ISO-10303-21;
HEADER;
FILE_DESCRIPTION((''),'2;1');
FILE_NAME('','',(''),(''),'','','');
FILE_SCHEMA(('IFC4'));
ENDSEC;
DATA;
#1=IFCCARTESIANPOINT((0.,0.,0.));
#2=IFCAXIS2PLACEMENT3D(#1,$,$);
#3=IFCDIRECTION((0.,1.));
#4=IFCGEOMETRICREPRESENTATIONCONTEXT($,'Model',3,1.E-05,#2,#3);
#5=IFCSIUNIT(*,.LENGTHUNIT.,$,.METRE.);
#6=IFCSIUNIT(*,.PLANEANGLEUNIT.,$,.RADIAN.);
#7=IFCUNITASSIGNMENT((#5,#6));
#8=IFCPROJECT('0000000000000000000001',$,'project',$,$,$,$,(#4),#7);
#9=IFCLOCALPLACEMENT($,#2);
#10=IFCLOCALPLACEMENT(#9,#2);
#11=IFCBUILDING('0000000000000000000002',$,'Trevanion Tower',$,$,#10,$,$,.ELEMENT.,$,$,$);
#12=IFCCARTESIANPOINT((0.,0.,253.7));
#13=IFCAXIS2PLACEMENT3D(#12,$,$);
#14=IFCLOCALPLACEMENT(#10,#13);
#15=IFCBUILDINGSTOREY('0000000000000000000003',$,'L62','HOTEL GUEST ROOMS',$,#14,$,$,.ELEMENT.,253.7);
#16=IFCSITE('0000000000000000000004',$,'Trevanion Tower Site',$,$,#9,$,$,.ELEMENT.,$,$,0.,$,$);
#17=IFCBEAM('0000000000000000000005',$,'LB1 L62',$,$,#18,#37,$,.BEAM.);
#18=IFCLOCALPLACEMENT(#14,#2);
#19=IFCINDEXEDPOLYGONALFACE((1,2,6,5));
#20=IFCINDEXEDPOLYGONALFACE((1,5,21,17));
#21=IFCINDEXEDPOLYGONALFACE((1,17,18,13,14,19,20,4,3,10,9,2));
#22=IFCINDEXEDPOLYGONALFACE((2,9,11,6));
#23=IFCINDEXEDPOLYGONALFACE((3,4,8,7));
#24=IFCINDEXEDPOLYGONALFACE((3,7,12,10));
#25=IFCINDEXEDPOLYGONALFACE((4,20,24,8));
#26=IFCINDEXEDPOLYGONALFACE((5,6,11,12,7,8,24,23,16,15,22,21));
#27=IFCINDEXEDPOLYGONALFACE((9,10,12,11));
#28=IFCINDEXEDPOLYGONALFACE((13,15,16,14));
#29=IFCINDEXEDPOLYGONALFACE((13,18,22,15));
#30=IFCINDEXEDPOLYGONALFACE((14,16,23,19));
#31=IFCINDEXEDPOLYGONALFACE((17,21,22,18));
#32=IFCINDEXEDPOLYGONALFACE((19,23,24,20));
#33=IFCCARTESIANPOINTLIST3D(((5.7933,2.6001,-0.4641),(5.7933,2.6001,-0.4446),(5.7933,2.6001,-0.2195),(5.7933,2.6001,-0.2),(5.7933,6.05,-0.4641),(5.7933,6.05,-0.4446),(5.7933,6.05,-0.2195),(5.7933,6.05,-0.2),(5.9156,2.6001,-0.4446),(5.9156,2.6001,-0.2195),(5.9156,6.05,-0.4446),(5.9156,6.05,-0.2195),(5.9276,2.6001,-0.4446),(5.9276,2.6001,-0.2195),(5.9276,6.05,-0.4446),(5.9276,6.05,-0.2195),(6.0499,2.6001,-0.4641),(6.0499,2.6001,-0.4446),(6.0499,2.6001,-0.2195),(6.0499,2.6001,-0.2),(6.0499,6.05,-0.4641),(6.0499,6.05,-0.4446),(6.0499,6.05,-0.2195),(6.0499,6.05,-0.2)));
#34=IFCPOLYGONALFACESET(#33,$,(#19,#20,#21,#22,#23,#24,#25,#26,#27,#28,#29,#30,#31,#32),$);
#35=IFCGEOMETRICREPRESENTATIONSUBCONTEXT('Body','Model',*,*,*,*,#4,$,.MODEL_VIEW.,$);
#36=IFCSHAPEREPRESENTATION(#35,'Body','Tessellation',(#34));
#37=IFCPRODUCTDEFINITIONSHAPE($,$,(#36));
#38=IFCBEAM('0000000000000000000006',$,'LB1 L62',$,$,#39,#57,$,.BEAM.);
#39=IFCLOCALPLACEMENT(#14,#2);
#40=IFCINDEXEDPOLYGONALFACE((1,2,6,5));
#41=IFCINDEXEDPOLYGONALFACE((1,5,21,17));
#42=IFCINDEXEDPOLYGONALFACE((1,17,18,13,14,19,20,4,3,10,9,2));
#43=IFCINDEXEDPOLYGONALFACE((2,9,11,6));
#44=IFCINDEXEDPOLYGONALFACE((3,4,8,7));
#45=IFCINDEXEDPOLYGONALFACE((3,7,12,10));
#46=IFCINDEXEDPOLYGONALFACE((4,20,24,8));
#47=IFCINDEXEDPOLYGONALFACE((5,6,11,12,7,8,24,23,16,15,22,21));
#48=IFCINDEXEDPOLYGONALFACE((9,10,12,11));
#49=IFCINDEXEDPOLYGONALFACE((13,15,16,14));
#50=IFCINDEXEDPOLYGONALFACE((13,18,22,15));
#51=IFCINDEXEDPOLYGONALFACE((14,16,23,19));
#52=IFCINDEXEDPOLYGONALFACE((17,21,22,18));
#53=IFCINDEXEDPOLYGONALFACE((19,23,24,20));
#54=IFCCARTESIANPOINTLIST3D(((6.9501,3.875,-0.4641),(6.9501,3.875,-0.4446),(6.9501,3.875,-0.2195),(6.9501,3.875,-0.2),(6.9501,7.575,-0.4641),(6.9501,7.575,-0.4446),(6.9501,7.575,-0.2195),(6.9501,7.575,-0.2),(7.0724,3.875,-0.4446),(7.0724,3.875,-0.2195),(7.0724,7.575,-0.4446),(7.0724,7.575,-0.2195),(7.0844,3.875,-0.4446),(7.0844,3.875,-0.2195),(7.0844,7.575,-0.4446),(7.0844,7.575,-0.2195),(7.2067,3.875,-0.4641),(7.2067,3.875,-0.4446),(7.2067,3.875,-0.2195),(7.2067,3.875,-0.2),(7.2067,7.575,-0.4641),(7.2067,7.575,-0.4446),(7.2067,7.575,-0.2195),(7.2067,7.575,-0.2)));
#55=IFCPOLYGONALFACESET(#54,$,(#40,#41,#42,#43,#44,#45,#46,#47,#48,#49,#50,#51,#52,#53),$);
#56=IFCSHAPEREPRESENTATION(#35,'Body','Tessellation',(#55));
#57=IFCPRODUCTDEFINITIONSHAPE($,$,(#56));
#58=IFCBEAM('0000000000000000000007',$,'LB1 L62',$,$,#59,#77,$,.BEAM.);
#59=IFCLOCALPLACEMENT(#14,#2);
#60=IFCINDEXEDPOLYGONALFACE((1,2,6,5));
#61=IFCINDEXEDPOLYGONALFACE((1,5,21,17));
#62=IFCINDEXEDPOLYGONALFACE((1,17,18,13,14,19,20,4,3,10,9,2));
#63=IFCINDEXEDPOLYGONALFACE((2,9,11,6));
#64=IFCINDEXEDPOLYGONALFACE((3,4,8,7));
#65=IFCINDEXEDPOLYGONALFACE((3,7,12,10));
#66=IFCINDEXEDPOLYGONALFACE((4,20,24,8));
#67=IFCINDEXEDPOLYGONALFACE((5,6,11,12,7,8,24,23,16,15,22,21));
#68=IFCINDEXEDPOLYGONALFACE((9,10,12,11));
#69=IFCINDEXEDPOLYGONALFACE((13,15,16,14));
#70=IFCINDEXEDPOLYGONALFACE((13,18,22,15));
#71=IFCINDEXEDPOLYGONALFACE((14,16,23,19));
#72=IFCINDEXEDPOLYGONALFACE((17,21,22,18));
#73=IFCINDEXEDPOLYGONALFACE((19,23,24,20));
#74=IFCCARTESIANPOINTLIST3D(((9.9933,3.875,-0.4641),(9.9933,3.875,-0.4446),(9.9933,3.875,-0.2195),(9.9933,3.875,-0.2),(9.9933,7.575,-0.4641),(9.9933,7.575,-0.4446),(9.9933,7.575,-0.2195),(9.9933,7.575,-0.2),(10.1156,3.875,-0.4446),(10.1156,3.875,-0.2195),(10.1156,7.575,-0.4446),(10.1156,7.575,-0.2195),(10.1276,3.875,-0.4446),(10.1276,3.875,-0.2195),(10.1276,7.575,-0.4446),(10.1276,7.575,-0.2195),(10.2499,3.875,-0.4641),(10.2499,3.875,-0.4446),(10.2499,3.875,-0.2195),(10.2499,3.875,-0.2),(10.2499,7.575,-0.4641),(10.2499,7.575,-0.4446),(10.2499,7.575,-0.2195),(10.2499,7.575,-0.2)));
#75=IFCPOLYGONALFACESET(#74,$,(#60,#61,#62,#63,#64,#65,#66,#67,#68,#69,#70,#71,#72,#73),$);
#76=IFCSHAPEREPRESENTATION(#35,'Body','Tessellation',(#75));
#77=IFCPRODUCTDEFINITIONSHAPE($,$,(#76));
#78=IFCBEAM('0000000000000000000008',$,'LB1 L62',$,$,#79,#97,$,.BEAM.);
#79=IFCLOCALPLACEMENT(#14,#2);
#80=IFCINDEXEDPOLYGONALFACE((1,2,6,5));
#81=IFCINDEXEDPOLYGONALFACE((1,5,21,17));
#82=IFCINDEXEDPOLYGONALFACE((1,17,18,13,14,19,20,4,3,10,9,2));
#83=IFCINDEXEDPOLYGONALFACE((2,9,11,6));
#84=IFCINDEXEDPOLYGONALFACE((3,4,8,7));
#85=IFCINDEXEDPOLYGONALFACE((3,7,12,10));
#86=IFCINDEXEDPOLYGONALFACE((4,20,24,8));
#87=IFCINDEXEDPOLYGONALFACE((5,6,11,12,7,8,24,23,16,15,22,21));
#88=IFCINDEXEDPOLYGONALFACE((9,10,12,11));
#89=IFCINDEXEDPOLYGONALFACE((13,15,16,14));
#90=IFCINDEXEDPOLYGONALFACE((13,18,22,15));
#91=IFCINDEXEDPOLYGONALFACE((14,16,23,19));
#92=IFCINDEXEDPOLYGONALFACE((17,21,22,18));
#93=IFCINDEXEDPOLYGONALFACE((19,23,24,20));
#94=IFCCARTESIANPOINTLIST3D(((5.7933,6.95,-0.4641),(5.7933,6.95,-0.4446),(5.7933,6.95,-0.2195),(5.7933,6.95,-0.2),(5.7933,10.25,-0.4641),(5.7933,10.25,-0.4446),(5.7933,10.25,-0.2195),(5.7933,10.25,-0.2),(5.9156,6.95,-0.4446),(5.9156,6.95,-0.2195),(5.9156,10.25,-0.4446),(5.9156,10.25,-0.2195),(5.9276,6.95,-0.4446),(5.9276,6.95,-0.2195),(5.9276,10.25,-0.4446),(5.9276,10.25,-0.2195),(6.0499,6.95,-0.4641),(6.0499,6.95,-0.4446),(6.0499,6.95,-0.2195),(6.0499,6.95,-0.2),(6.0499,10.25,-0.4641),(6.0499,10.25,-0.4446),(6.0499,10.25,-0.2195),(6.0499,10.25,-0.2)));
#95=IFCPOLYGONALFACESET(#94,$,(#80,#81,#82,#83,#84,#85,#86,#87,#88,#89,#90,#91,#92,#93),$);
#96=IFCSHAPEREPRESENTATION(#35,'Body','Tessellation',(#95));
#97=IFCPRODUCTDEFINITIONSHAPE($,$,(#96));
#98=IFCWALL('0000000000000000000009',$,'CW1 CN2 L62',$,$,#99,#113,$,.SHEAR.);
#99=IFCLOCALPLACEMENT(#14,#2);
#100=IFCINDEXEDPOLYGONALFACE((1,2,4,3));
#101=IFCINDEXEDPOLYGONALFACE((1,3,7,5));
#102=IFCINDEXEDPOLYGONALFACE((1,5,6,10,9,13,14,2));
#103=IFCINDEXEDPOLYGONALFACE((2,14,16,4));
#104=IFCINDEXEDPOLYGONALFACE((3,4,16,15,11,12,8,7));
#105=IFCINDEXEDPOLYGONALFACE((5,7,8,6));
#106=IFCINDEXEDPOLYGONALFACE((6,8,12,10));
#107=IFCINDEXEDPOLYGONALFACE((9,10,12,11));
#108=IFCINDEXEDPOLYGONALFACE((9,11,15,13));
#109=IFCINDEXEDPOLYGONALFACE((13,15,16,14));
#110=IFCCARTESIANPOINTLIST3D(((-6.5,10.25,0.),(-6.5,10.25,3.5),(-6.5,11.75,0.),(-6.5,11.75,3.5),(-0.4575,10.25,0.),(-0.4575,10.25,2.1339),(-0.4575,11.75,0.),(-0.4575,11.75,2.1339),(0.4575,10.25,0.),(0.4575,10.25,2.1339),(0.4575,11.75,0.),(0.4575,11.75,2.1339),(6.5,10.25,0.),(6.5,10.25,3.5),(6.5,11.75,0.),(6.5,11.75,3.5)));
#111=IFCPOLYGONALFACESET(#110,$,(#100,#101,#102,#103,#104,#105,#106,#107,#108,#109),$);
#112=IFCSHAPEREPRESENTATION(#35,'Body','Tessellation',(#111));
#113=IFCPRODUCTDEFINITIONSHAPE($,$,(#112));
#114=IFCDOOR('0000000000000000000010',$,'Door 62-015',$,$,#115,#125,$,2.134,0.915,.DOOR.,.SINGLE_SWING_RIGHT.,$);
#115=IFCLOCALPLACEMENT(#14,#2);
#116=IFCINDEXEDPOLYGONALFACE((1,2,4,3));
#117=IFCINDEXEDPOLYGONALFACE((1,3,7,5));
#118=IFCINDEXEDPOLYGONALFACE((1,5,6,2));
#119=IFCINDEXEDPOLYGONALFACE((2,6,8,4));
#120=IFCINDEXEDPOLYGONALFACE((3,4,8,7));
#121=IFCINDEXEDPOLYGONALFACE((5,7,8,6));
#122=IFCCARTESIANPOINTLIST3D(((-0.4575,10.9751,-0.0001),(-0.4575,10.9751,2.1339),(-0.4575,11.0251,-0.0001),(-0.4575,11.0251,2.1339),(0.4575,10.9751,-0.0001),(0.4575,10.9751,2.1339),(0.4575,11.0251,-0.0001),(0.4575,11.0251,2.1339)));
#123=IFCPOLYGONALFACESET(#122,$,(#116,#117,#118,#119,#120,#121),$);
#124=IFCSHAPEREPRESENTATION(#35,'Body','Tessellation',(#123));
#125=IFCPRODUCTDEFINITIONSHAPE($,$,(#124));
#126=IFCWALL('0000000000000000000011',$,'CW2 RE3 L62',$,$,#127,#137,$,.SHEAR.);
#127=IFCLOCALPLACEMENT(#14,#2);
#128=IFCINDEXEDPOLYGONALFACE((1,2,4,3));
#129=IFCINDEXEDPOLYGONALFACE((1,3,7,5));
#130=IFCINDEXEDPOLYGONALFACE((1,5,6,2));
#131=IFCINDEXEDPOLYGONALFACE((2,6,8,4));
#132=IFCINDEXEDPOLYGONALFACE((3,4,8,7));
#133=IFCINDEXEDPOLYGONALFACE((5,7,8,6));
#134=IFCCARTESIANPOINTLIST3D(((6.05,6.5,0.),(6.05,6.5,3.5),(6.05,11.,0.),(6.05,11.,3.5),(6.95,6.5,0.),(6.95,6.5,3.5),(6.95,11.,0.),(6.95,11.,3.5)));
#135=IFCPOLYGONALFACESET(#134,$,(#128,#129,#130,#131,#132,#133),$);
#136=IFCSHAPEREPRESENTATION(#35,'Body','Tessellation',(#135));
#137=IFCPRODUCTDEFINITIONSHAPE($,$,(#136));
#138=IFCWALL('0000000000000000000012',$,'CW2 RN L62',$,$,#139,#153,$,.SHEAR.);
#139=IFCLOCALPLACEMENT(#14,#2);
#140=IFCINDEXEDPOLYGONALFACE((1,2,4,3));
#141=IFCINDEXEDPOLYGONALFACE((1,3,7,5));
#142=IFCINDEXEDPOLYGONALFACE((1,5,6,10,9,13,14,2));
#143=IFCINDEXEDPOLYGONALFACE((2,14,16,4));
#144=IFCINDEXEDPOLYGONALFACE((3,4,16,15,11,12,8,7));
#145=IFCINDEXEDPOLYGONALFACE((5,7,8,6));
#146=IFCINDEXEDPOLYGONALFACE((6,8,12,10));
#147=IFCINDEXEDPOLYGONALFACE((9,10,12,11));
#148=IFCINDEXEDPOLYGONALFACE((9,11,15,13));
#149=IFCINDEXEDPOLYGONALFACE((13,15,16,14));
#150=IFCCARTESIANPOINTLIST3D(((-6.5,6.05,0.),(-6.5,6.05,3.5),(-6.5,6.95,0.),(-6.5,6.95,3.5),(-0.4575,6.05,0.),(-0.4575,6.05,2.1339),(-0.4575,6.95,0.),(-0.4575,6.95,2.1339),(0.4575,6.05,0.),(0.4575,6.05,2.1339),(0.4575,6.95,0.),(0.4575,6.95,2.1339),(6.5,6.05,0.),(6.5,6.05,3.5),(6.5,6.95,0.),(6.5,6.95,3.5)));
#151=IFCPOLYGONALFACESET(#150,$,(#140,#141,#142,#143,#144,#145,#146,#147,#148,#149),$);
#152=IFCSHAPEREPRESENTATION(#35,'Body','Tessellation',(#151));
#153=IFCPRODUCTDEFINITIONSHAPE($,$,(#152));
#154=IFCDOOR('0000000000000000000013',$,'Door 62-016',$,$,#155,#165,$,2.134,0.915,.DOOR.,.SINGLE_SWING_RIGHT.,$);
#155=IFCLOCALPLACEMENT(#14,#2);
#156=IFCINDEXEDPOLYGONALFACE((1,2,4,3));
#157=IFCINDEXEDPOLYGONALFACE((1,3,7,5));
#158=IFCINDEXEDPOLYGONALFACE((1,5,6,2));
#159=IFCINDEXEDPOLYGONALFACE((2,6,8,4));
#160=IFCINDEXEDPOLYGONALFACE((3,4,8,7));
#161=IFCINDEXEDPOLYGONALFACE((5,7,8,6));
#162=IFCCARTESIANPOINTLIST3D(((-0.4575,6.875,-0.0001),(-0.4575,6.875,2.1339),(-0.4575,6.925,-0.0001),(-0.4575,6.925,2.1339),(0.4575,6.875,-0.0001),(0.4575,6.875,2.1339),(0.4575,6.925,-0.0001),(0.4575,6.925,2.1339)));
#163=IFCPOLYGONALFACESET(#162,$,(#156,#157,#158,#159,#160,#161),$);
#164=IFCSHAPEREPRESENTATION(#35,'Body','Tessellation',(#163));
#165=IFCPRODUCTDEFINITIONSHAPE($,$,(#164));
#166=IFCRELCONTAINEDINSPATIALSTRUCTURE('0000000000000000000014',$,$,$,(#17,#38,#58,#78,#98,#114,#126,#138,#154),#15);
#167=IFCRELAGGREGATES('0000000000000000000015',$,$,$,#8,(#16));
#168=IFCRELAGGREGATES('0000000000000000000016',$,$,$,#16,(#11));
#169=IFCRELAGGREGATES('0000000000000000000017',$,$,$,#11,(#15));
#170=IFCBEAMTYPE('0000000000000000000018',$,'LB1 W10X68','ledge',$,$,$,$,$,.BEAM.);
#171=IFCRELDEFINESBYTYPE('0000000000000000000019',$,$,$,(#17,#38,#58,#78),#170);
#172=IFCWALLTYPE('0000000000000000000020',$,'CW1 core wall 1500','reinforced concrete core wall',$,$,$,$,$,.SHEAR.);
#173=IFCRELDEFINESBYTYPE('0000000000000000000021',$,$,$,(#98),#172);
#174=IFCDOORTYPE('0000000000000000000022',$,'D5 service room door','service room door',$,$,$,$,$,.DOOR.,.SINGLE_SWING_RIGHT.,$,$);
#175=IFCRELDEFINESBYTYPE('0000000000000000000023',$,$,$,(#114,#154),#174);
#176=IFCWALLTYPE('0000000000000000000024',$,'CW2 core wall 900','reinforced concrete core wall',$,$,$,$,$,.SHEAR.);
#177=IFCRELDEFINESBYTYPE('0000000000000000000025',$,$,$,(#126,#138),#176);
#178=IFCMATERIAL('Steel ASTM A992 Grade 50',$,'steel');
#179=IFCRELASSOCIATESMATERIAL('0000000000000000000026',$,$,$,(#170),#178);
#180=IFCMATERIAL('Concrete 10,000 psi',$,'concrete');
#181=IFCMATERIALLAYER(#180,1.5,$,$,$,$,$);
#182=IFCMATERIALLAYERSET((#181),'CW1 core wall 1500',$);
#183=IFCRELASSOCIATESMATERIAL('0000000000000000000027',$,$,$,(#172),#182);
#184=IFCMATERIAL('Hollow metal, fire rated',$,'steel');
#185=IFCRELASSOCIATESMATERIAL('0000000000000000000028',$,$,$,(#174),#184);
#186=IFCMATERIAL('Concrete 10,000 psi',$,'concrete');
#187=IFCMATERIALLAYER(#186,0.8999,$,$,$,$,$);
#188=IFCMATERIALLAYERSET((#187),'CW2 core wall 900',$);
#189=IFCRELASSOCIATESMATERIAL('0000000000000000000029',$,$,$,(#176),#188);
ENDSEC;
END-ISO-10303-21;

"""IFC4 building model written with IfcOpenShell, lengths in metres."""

from ifc_helpers import new_model, si_unit, direction, frame, frame_2d, origin, origin_2d, place, context, subcontext, project, spatial, rectangle, i_section, extrude, material, layer, layer_set, material_profile, profile_set, type_object, element, fill, save


model = new_model("IFC4")

# Units and contexts
model_context = context("Model", 3, precision=1e-05, world=origin(), true_north=direction((0.0, 1.0)))
body_context = subcontext(model_context, "Body", "Model", "MODEL_VIEW")
ifc_project = project(units=[si_unit("LENGTHUNIT", "METRE"), si_unit("PLANEANGLEUNIT", "RADIAN")], contexts=[model_context])

# Site, building, storey
site_placement = place(None, origin())
site = spatial("IfcSite", under=ifc_project, at=site_placement, Name="Trevanion Tower Site", CompositionType="ELEMENT", RefElevation=0.0)
building_placement = place(site_placement, origin())
building = spatial("IfcBuilding", under=site, at=building_placement, Name="Trevanion Tower", CompositionType="ELEMENT")
storey_placement = place(building_placement, frame((0.0, 0.0, 253.7)))
storey = spatial("IfcBuildingStorey", under=building, at=storey_placement, Name="L62", Description="HOTEL GUEST ROOMS", CompositionType="ELEMENT", Elevation=253.7)

# Beams
ifc_material_1 = material(Name="Steel ASTM A992 Grade 50", Category="steel")
ifc_material_profile = material_profile(ifc_material_1, i_section(OverallWidth=0.2566, OverallDepth=0.2642, WebThickness=0.012, FlangeThickness=0.0195, at=origin_2d()), Name="W10X68")
ifc_profile_set = profile_set([ifc_material_profile], Name="Steel ASTM A992 Grade 50")
beam_type = type_object("IfcBeamType", Name="LB1 W10X68", Description="ledge", PredefinedType="BEAM", material=ifc_profile_set)
beam_1_placement = place(storey_placement, frame((5.9216, 2.6001, -0.332), z_axis=(0.0, 1.0, 0.0), x_axis=(-1.0, 0.0, 0.0)))
element("IfcBeam", 1, at=beam_1_placement, inside=storey, type_object=beam_type, Name="LB1 L62", PredefinedType="BEAM", context=body_context, shape_type="SweptSolid", body=[
    extrude(i_section(OverallWidth=0.2566, OverallDepth=0.2642, WebThickness=0.012, FlangeThickness=0.0195, at=origin_2d()), origin(), (0.0, 0.0, 1.0), 3.45),
])
for number, where, z_axis, x_axis, name in (
    (2, (7.0784, 3.875, -0.332), (0.0, 1.0, 0.0), (-1.0, 0.0, 0.0), "LB1 L62"),
    (3, (10.1216, 3.875, -0.332), (0.0, 1.0, 0.0), (-1.0, 0.0, 0.0), "LB1 L62"),
):
    element("IfcBeam", number, at=place(storey_placement, frame(where, z_axis=z_axis, x_axis=x_axis)), inside=storey, type_object=beam_type, Name=name, PredefinedType="BEAM", context=body_context, shape_type="SweptSolid", body=[
        extrude(i_section(OverallWidth=0.2566, OverallDepth=0.2642, WebThickness=0.012, FlangeThickness=0.0195, at=origin_2d()), origin(), (0.0, 0.0, 1.0), 3.7),
    ])
beam_2_placement = place(storey_placement, frame((5.9216, 6.95, -0.332), z_axis=(0.0, 1.0, 0.0), x_axis=(-1.0, 0.0, 0.0)))
element("IfcBeam", 4, at=beam_2_placement, inside=storey, type_object=beam_type, Name="LB1 L62", PredefinedType="BEAM", context=body_context, shape_type="SweptSolid", body=[
    extrude(i_section(OverallWidth=0.2566, OverallDepth=0.2642, WebThickness=0.012, FlangeThickness=0.0195, at=origin_2d()), origin(), (0.0, 0.0, 1.0), 3.3),
])

# Wall, opening, door
ifc_material_2 = material(Name="Concrete 10,000 psi", Category="concrete")
ifc_layer_1 = layer(ifc_material_2, 1.5)
ifc_layer_set_1 = layer_set([ifc_layer_1], Name="CW1 core wall 1500")
wall_type_1 = type_object("IfcWallType", Name="CW1 core wall 1500", Description="reinforced concrete core wall", PredefinedType="SHEAR", material=ifc_layer_set_1)
wall_1_placement = place(storey_placement, frame((6.5, 11.0, 0.0), z_axis=(0.0, 0.0, 1.0), x_axis=(-1.0, 0.0, 0.0)))
wall_1 = element("IfcWall", 5, at=wall_1_placement, inside=storey, type_object=wall_type_1, Name="CW1 CN2 L62", PredefinedType="SHEAR", context=body_context, shape_type="SweptSolid", body=[
    extrude(rectangle(XDim=13.0, YDim=1.5, at=frame_2d((6.5, 0.0))), origin(), (0.0, 0.0, 1.0), 3.5),
])
opening_1_placement = place(wall_1_placement, frame((6.0425, 0.0, 0.0)))
opening_1 = element("IfcOpeningElement", 6, at=opening_1_placement, cuts=wall_1, PredefinedType="OPENING", context=body_context, shape_type="SweptSolid", body=[
    extrude(rectangle(XDim=0.915, YDim=2.134, at=frame_2d((0.4575, 1.0669))), frame((0.0, 0.76, 0.0), z_axis=(0.0, -1.0, 0.0), x_axis=(1.0, 0.0, 0.0)), (0.0, 0.0, 1.0), 1.52),
])
ifc_material_3 = material(Name="Hollow metal, fire rated", Category="steel")
door_type_1 = type_object("IfcDoorType", Name="D5 service room door", Description="service room door", OperationType="SINGLE_SWING_RIGHT", PredefinedType="DOOR", material=ifc_material_3)
door_1_placement = place(opening_1_placement, origin())
door_1 = element("IfcDoor", 7, at=door_1_placement, inside=storey, type_object=door_type_1, Name="Door 62-015", OperationType="SINGLE_SWING_RIGHT", OverallHeight=2.134, OverallWidth=0.915, PredefinedType="DOOR", context=body_context, shape_type="SweptSolid", body=[
    extrude(rectangle(XDim=0.915, YDim=2.134, at=frame_2d((0.4575, 1.0669))), frame((0.0, 0.0249, 0.0), z_axis=(0.0, -1.0, 0.0), x_axis=(1.0, 0.0, 0.0)), (0.0, 0.0, 1.0), 0.05),
])
fill(opening_1, door_1)

# Wall
ifc_material_4 = material(Name="Concrete 10,000 psi", Category="concrete")
ifc_layer_2 = layer(ifc_material_4, 0.8999)
ifc_layer_set_2 = layer_set([ifc_layer_2], Name="CW2 core wall 900")
wall_type_2 = type_object("IfcWallType", Name="CW2 core wall 900", Description="reinforced concrete core wall", PredefinedType="SHEAR", material=ifc_layer_set_2)
wall_2_placement = place(storey_placement, frame((6.5, 6.5, 0.0), z_axis=(0.0, 0.0, 1.0), x_axis=(0.0, 1.0, 0.0)))
element("IfcWall", 8, at=wall_2_placement, inside=storey, type_object=wall_type_2, Name="CW2 RE3 L62", PredefinedType="SHEAR", context=body_context, shape_type="SweptSolid", body=[
    extrude(rectangle(XDim=4.5, YDim=0.8999, at=frame_2d((2.25, 0.0))), origin(), (0.0, 0.0, 1.0), 3.5),
])

# Wall, opening, door
wall_3_placement = place(storey_placement, frame((6.5, 6.5, 0.0), z_axis=(0.0, 0.0, 1.0), x_axis=(-1.0, 0.0, 0.0)))
wall_3 = element("IfcWall", 9, at=wall_3_placement, inside=storey, type_object=wall_type_2, Name="CW2 RN L62", PredefinedType="SHEAR", context=body_context, shape_type="SweptSolid", body=[
    extrude(rectangle(XDim=13.0, YDim=0.8999, at=frame_2d((6.5, 0.0))), origin(), (0.0, 0.0, 1.0), 3.5),
])
opening_2_placement = place(wall_3_placement, frame((6.0425, 0.0, 0.0)))
opening_2 = element("IfcOpeningElement", 10, at=opening_2_placement, cuts=wall_3, PredefinedType="OPENING", context=body_context, shape_type="SweptSolid", body=[
    extrude(rectangle(XDim=0.915, YDim=2.134, at=frame_2d((0.4575, 1.0669))), frame((0.0, 0.46, 0.0), z_axis=(0.0, -1.0, 0.0), x_axis=(1.0, 0.0, 0.0)), (0.0, 0.0, 1.0), 0.9199),
])
door_2_placement = place(opening_2_placement, origin())
door_2 = element("IfcDoor", 11, at=door_2_placement, inside=storey, type_object=door_type_1, Name="Door 62-016", OperationType="SINGLE_SWING_RIGHT", OverallHeight=2.134, OverallWidth=0.915, PredefinedType="DOOR", context=body_context, shape_type="SweptSolid", body=[
    extrude(rectangle(XDim=0.915, YDim=2.134, at=frame_2d((0.4575, 1.0669))), frame((0.0, -0.375, 0.0), z_axis=(0.0, -1.0, 0.0), x_axis=(1.0, 0.0, 0.0)), (0.0, 0.0, 1.0), 0.05),
])
fill(opening_2, door_2)

save(model, "model.ifc")
